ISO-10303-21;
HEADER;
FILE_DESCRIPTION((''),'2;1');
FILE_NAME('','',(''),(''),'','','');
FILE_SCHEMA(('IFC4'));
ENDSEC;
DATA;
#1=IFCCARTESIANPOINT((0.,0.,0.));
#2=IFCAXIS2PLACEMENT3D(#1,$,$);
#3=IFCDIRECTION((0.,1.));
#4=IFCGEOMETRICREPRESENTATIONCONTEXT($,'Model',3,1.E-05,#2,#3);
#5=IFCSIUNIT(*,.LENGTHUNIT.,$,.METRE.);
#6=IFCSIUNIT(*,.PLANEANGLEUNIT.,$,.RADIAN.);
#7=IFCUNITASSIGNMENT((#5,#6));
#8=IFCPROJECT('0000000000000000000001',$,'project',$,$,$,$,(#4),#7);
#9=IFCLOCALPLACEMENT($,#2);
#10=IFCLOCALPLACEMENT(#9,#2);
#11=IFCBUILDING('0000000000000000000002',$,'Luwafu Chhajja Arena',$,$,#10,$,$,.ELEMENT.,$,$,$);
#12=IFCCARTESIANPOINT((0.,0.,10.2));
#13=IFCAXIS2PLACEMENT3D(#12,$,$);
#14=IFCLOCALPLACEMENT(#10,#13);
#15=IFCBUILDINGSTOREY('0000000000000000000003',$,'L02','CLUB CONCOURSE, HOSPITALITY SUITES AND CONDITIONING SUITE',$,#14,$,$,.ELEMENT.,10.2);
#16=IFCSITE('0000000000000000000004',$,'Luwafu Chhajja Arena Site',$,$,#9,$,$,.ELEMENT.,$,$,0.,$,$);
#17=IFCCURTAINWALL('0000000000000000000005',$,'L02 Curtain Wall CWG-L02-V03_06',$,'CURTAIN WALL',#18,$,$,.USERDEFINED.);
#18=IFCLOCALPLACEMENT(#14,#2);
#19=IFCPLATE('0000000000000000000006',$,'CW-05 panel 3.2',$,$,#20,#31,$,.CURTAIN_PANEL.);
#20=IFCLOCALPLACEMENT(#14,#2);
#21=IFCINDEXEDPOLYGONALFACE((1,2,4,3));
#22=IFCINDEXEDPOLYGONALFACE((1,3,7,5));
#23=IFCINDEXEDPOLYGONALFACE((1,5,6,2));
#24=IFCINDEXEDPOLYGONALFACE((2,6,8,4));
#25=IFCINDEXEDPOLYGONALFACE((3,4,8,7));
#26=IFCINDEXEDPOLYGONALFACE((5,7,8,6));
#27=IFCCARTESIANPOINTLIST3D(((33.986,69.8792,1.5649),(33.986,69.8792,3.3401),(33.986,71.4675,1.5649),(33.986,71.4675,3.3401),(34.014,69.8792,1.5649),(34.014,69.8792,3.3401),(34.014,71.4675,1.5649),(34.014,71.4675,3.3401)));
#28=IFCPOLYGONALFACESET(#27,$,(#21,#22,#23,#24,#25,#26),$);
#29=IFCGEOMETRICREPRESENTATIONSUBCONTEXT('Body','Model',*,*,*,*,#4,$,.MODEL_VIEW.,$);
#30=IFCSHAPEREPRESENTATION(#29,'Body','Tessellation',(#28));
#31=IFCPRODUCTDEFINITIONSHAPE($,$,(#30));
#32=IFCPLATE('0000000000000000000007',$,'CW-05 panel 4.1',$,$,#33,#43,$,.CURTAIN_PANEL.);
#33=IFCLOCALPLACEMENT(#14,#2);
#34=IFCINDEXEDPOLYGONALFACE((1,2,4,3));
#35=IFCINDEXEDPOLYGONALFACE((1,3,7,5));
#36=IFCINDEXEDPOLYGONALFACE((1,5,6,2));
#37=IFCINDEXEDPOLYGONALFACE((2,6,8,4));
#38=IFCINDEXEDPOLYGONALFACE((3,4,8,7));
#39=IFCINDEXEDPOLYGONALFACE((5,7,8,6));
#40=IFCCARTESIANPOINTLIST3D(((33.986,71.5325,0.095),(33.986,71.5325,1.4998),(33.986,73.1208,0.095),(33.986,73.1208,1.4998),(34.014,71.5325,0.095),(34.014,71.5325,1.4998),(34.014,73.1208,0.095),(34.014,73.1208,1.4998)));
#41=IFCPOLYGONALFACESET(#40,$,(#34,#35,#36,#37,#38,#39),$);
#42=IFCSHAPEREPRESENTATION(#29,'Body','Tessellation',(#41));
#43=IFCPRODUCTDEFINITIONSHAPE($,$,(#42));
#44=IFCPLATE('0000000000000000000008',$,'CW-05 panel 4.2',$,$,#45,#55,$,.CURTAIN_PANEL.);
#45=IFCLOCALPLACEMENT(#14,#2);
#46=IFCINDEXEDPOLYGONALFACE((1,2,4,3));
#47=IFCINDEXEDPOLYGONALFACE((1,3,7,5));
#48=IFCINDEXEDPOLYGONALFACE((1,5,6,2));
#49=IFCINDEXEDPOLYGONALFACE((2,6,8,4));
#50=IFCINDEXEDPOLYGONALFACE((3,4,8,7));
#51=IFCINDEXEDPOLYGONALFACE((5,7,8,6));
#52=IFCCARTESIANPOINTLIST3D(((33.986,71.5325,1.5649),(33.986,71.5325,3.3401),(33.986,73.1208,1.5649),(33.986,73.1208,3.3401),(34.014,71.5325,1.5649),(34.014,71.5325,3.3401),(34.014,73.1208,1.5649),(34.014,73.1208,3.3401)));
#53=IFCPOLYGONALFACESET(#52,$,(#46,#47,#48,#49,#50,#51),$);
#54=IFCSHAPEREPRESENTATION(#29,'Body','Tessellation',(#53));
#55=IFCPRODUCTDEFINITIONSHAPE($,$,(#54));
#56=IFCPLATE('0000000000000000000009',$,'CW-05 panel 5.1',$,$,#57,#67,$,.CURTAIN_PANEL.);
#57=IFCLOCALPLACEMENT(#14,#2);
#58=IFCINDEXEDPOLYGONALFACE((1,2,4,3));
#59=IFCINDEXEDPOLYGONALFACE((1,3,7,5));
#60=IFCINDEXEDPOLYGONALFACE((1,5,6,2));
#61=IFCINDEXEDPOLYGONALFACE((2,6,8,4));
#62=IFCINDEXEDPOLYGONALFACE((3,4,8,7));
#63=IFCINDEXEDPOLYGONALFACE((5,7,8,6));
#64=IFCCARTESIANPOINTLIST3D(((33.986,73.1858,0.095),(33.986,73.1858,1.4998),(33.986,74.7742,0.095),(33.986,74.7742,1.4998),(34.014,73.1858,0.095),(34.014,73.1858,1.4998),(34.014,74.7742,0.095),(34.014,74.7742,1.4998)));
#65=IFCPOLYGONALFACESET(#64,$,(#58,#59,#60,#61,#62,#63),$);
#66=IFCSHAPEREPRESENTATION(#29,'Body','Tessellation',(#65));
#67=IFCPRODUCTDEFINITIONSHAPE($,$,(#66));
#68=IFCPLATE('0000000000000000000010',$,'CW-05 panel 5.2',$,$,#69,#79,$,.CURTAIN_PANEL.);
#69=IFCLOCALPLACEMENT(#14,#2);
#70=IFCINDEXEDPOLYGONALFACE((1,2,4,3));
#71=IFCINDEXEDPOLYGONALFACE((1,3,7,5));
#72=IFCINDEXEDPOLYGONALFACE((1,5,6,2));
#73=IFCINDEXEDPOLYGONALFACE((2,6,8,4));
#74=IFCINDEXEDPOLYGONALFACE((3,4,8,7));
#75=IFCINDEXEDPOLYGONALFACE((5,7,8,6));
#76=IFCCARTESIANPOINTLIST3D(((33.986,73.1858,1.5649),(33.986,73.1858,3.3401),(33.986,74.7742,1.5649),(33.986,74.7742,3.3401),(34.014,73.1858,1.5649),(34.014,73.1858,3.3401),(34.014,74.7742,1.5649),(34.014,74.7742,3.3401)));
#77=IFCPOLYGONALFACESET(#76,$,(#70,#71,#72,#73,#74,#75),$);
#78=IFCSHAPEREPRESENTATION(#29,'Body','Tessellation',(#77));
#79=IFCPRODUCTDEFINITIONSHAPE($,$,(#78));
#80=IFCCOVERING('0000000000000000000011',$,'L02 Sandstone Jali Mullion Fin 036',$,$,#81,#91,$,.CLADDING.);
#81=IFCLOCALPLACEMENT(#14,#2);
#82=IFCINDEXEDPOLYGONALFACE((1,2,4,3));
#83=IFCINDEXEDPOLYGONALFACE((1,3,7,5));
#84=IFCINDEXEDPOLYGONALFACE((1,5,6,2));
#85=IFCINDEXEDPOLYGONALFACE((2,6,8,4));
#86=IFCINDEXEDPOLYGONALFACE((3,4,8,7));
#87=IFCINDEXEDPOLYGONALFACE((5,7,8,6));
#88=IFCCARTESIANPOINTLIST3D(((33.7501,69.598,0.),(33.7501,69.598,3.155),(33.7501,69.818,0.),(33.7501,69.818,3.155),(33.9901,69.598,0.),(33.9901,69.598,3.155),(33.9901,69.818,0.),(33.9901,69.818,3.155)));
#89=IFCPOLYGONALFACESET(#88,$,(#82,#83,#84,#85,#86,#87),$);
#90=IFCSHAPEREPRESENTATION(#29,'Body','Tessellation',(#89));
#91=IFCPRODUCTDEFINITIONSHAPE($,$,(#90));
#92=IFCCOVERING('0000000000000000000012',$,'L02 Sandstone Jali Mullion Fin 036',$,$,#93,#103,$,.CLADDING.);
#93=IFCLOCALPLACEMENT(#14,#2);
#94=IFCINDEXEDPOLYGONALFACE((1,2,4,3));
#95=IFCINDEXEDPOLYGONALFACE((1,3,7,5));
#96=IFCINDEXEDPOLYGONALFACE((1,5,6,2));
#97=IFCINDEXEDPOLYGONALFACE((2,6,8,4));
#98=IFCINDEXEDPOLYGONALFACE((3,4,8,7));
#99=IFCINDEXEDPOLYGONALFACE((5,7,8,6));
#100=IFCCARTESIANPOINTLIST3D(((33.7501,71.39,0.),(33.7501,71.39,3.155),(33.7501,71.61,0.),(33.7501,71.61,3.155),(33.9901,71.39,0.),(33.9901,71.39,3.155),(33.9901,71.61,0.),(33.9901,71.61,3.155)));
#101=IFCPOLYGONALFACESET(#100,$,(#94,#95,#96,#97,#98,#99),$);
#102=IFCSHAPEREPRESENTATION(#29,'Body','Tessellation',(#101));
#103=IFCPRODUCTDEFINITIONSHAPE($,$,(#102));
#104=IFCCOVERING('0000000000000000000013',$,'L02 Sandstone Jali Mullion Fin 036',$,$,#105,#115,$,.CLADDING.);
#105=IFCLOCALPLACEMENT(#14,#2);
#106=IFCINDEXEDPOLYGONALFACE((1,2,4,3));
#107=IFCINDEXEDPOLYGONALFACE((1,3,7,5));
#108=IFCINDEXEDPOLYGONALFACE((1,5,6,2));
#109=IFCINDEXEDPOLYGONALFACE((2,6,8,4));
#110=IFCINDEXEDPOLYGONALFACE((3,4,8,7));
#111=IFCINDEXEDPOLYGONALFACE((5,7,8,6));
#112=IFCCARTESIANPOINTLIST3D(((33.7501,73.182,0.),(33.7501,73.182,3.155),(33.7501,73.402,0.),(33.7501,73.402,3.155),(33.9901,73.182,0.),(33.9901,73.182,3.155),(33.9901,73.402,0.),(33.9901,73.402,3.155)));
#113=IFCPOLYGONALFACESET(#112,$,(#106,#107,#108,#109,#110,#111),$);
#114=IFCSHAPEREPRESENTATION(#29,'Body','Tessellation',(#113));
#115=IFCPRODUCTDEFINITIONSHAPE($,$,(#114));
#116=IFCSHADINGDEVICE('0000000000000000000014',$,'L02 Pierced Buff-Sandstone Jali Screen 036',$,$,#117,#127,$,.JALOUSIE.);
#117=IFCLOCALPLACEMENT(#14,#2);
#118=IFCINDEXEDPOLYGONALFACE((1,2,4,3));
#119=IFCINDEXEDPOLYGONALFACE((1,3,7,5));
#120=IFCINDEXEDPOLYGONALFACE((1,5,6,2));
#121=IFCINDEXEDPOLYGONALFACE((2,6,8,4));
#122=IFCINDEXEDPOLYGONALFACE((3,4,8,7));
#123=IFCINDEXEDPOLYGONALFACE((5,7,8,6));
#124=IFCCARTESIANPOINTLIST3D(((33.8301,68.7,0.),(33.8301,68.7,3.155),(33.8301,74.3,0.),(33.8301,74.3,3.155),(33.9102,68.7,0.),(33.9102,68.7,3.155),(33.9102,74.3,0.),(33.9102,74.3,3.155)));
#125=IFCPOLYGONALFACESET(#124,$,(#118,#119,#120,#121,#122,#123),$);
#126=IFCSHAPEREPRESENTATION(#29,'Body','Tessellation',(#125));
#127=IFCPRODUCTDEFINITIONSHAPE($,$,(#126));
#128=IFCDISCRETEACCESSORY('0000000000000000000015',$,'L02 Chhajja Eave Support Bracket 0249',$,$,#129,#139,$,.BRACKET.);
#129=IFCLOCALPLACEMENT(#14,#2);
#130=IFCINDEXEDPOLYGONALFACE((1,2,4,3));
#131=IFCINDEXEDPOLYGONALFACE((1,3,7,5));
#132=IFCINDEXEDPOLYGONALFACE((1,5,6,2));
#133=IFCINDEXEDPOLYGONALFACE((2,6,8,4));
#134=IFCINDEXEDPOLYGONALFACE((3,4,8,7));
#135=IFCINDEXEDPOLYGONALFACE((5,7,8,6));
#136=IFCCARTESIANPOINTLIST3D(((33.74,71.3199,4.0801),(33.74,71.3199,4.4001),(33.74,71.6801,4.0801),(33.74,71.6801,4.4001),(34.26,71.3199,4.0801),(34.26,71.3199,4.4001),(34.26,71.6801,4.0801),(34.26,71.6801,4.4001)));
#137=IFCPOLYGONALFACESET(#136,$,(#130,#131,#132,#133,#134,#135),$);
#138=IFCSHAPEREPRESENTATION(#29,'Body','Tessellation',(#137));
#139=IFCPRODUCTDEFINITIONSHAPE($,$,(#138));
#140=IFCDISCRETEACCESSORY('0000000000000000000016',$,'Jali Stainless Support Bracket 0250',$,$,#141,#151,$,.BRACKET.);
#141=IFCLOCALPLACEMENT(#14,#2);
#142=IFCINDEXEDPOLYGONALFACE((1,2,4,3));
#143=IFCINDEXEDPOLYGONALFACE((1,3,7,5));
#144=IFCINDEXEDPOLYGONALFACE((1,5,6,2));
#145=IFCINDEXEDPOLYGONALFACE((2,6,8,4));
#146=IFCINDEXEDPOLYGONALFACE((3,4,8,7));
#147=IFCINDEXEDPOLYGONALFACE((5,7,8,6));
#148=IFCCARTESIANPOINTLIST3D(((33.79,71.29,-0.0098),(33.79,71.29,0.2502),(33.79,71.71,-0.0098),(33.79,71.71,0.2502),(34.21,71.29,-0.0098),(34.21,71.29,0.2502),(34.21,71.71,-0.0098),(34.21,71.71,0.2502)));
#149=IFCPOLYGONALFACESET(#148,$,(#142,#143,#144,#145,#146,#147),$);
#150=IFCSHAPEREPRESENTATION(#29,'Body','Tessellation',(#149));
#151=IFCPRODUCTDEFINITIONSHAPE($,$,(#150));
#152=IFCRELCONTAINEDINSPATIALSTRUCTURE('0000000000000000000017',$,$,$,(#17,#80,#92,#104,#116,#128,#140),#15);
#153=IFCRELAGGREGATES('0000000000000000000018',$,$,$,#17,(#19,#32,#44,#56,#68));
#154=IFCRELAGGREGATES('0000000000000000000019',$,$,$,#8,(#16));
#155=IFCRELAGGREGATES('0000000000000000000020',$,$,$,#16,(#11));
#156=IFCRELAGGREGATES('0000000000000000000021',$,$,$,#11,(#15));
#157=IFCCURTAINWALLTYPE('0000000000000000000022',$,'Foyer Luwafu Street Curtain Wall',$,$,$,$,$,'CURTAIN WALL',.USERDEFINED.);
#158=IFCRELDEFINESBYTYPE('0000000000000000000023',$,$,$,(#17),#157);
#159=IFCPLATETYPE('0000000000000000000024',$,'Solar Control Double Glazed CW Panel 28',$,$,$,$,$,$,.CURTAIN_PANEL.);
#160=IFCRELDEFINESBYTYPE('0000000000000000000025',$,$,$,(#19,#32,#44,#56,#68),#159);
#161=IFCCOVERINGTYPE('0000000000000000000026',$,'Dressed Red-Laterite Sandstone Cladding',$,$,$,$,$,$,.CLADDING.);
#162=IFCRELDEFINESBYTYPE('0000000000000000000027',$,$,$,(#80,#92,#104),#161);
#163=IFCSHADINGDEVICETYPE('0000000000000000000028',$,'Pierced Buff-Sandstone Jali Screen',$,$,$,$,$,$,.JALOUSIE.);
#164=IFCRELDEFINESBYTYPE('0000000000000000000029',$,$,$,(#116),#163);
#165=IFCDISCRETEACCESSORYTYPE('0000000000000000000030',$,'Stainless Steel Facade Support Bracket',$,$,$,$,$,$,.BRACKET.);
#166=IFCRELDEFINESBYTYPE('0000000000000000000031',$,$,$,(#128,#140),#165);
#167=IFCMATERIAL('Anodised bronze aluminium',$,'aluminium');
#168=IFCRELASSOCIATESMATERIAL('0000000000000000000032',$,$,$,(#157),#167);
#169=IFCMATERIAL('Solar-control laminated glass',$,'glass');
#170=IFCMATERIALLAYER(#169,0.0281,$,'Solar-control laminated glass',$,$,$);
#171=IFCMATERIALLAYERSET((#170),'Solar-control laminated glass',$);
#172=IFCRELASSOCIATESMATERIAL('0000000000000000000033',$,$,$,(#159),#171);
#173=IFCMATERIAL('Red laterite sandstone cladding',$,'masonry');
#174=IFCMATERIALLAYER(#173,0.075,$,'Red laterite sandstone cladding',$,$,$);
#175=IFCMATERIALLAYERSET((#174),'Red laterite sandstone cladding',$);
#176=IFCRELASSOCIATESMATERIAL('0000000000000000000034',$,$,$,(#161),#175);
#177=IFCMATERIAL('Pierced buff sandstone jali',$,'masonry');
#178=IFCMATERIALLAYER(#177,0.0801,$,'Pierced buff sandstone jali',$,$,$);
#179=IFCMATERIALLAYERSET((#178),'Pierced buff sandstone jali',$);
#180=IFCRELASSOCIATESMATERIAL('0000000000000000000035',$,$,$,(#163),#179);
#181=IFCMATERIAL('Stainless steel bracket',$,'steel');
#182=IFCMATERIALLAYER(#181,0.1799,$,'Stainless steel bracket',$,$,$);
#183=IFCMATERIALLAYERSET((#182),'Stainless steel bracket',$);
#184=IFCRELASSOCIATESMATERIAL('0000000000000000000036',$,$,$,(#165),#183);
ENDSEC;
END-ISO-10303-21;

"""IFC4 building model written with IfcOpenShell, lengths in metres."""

from ifc_helpers import new_model, si_unit, direction, frame, origin, origin_2d, place, context, subcontext, project, spatial, rectangle, extrude, material, layer, layer_set, type_object, element, aggregate, save


model = new_model("IFC4")

# Units and contexts
model_context = context("Model", 3, precision=1e-05, world=origin(), true_north=direction((0.0, 1.0)))
body_context = subcontext(model_context, "Body", "Model", "MODEL_VIEW")
ifc_project = project(units=[si_unit("LENGTHUNIT", "METRE"), si_unit("PLANEANGLEUNIT", "RADIAN")], contexts=[model_context])

# Site, building, storey
site_placement = place(None, origin())
site = spatial("IfcSite", under=ifc_project, at=site_placement, Name="Luwafu Chhajja Arena Site", CompositionType="ELEMENT", RefElevation=0.0)
building_placement = place(site_placement, origin())
building = spatial("IfcBuilding", under=site, at=building_placement, Name="Luwafu Chhajja Arena", CompositionType="ELEMENT")
storey_placement = place(building_placement, frame((0.0, 0.0, 10.2)))
storey = spatial("IfcBuildingStorey", under=building, at=storey_placement, Name="L02", Description="CLUB CONCOURSE, HOSPITALITY SUITES AND CONDITIONING SUITE", CompositionType="ELEMENT", Elevation=10.2)

# Curtain wall, plates
ifc_material_1 = material(Name="Anodised bronze aluminium", Category="aluminium")
curtain_wall_type = type_object("IfcCurtainWallType", Name="Foyer Luwafu Street Curtain Wall", ElementType="CURTAIN WALL", PredefinedType="USERDEFINED", material=ifc_material_1)
curtain_wall_placement = place(storey_placement, origin())
curtain_wall = element("IfcCurtainWall", 1, at=curtain_wall_placement, inside=storey, type_object=curtain_wall_type, Name="L02 Curtain Wall CWG-L02-V03_06", ObjectType="CURTAIN WALL", PredefinedType="USERDEFINED")
ifc_material_2 = material(Name="Solar-control laminated glass", Category="glass")
ifc_layer_1 = layer(ifc_material_2, 0.0281, Name="Solar-control laminated glass")
ifc_layer_set_1 = layer_set([ifc_layer_1], Name="Solar-control laminated glass")
plate_type = type_object("IfcPlateType", Name="Solar Control Double Glazed CW Panel 28", PredefinedType="CURTAIN_PANEL", material=ifc_layer_set_1)
plate_1_placement = place(storey_placement, frame((34.0, 70.6733, 1.5649), z_axis=(0.0, 0.0, 1.0), x_axis=(0.0, 1.0, 0.0)))
plate_1 = element("IfcPlate", 2, at=plate_1_placement, type_object=plate_type, Name="CW-05 panel 3.2", PredefinedType="CURTAIN_PANEL", context=body_context, shape_type="SweptSolid", body=[
    extrude(rectangle(XDim=1.5884, YDim=0.0281, at=origin_2d()), origin(), (0.0, 0.0, 1.0), 1.7751),
])
plate_2_placement = place(storey_placement, frame((34.0, 72.3267, 0.095), z_axis=(0.0, 0.0, 1.0), x_axis=(0.0, 1.0, 0.0)))
plate_2 = element("IfcPlate", 3, at=plate_2_placement, type_object=plate_type, Name="CW-05 panel 4.1", PredefinedType="CURTAIN_PANEL", context=body_context, shape_type="SweptSolid", body=[
    extrude(rectangle(XDim=1.5884, YDim=0.0281, at=origin_2d()), origin(), (0.0, 0.0, 1.0), 1.4048),
])
plate_3_placement = place(storey_placement, frame((34.0, 72.3267, 1.5649), z_axis=(0.0, 0.0, 1.0), x_axis=(0.0, 1.0, 0.0)))
plate_3 = element("IfcPlate", 4, at=plate_3_placement, type_object=plate_type, Name="CW-05 panel 4.2", PredefinedType="CURTAIN_PANEL", context=body_context, shape_type="SweptSolid", body=[
    extrude(rectangle(XDim=1.5884, YDim=0.0281, at=origin_2d()), origin(), (0.0, 0.0, 1.0), 1.7751),
])
plate_4_placement = place(storey_placement, frame((34.0, 73.98, 0.095), z_axis=(0.0, 0.0, 1.0), x_axis=(0.0, 1.0, 0.0)))
plate_4 = element("IfcPlate", 5, at=plate_4_placement, type_object=plate_type, Name="CW-05 panel 5.1", PredefinedType="CURTAIN_PANEL", context=body_context, shape_type="SweptSolid", body=[
    extrude(rectangle(XDim=1.5884, YDim=0.0281, at=origin_2d()), origin(), (0.0, 0.0, 1.0), 1.4048),
])
plate_5_placement = place(storey_placement, frame((34.0, 73.98, 1.5649), z_axis=(0.0, 0.0, 1.0), x_axis=(0.0, 1.0, 0.0)))
plate_5 = element("IfcPlate", 6, at=plate_5_placement, type_object=plate_type, Name="CW-05 panel 5.2", PredefinedType="CURTAIN_PANEL", context=body_context, shape_type="SweptSolid", body=[
    extrude(rectangle(XDim=1.5884, YDim=0.0281, at=origin_2d()), origin(), (0.0, 0.0, 1.0), 1.7751),
])
aggregate(curtain_wall, [plate_1, plate_2, plate_3, plate_4, plate_5])

# Coverings
ifc_material_3 = material(Name="Red laterite sandstone cladding", Category="masonry")
ifc_layer_2 = layer(ifc_material_3, 0.075, Name="Red laterite sandstone cladding")
ifc_layer_set_2 = layer_set([ifc_layer_2], Name="Red laterite sandstone cladding")
covering_type = type_object("IfcCoveringType", Name="Dressed Red-Laterite Sandstone Cladding", PredefinedType="CLADDING", material=ifc_layer_set_2)
for number, where, z_axis, x_axis, name in (
    (7, (33.8701, 69.708, 0.0), (0.0, 0.0, 1.0), (0.0, 1.0, 0.0), "L02 Sandstone Jali Mullion Fin 036"),
    (8, (33.8701, 71.5, 0.0), (0.0, 0.0, 1.0), (0.0, 1.0, 0.0), "L02 Sandstone Jali Mullion Fin 036"),
    (9, (33.8701, 73.292, 0.0), (0.0, 0.0, 1.0), (0.0, 1.0, 0.0), "L02 Sandstone Jali Mullion Fin 036"),
):
    element("IfcCovering", number, at=place(storey_placement, frame(where, z_axis=z_axis, x_axis=x_axis)), inside=storey, type_object=covering_type, Name=name, PredefinedType="CLADDING", context=body_context, shape_type="SweptSolid", body=[
        extrude(rectangle(XDim=0.22, YDim=0.24, at=origin_2d()), origin(), (0.0, 0.0, 1.0), 3.155),
    ])

# Shading device
ifc_material_4 = material(Name="Pierced buff sandstone jali", Category="masonry")
ifc_layer_3 = layer(ifc_material_4, 0.0801, Name="Pierced buff sandstone jali")
ifc_layer_set_3 = layer_set([ifc_layer_3], Name="Pierced buff sandstone jali")
shading_device_type = type_object("IfcShadingDeviceType", Name="Pierced Buff-Sandstone Jali Screen", PredefinedType="JALOUSIE", material=ifc_layer_set_3)
shading_device_placement = place(storey_placement, frame((33.8701, 71.5, 0.0), z_axis=(0.0, 0.0, 1.0), x_axis=(0.0, 1.0, 0.0)))
element("IfcShadingDevice", 10, at=shading_device_placement, inside=storey, type_object=shading_device_type, Name="L02 Pierced Buff-Sandstone Jali Screen 036", PredefinedType="JALOUSIE", context=body_context, shape_type="SweptSolid", body=[
    extrude(rectangle(XDim=5.6001, YDim=0.0801, at=origin_2d()), origin(), (0.0, 0.0, 1.0), 3.155),
])

# Discrete accessories
ifc_material_5 = material(Name="Stainless steel bracket", Category="steel")
ifc_layer_4 = layer(ifc_material_5, 0.1799, Name="Stainless steel bracket")
ifc_layer_set_4 = layer_set([ifc_layer_4], Name="Stainless steel bracket")
discrete_accessory_type = type_object("IfcDiscreteAccessoryType", Name="Stainless Steel Facade Support Bracket", PredefinedType="BRACKET", material=ifc_layer_set_4)
discrete_accessory_1_placement = place(storey_placement, frame((34.0, 71.5, 4.0801), z_axis=(0.0, 0.0, 1.0), x_axis=(0.0, 1.0, 0.0)))
element("IfcDiscreteAccessory", 11, at=discrete_accessory_1_placement, inside=storey, type_object=discrete_accessory_type, Name="L02 Chhajja Eave Support Bracket 0249", PredefinedType="BRACKET", context=body_context, shape_type="SweptSolid", body=[
    extrude(rectangle(XDim=0.3601, YDim=0.52, at=origin_2d()), origin(), (0.0, 0.0, 1.0), 0.3201),
])
discrete_accessory_2_placement = place(storey_placement, frame((34.0, 71.5, -0.0098), z_axis=(0.0, 0.0, 1.0), x_axis=(0.0, 1.0, 0.0)))
element("IfcDiscreteAccessory", 12, at=discrete_accessory_2_placement, inside=storey, type_object=discrete_accessory_type, Name="Jali Stainless Support Bracket 0250", PredefinedType="BRACKET", context=body_context, shape_type="SweptSolid", body=[
    extrude(rectangle(XDim=0.4199, YDim=0.4199, at=origin_2d()), origin(), (0.0, 0.0, 1.0), 0.26),
])

save(model, "model.ifc")
